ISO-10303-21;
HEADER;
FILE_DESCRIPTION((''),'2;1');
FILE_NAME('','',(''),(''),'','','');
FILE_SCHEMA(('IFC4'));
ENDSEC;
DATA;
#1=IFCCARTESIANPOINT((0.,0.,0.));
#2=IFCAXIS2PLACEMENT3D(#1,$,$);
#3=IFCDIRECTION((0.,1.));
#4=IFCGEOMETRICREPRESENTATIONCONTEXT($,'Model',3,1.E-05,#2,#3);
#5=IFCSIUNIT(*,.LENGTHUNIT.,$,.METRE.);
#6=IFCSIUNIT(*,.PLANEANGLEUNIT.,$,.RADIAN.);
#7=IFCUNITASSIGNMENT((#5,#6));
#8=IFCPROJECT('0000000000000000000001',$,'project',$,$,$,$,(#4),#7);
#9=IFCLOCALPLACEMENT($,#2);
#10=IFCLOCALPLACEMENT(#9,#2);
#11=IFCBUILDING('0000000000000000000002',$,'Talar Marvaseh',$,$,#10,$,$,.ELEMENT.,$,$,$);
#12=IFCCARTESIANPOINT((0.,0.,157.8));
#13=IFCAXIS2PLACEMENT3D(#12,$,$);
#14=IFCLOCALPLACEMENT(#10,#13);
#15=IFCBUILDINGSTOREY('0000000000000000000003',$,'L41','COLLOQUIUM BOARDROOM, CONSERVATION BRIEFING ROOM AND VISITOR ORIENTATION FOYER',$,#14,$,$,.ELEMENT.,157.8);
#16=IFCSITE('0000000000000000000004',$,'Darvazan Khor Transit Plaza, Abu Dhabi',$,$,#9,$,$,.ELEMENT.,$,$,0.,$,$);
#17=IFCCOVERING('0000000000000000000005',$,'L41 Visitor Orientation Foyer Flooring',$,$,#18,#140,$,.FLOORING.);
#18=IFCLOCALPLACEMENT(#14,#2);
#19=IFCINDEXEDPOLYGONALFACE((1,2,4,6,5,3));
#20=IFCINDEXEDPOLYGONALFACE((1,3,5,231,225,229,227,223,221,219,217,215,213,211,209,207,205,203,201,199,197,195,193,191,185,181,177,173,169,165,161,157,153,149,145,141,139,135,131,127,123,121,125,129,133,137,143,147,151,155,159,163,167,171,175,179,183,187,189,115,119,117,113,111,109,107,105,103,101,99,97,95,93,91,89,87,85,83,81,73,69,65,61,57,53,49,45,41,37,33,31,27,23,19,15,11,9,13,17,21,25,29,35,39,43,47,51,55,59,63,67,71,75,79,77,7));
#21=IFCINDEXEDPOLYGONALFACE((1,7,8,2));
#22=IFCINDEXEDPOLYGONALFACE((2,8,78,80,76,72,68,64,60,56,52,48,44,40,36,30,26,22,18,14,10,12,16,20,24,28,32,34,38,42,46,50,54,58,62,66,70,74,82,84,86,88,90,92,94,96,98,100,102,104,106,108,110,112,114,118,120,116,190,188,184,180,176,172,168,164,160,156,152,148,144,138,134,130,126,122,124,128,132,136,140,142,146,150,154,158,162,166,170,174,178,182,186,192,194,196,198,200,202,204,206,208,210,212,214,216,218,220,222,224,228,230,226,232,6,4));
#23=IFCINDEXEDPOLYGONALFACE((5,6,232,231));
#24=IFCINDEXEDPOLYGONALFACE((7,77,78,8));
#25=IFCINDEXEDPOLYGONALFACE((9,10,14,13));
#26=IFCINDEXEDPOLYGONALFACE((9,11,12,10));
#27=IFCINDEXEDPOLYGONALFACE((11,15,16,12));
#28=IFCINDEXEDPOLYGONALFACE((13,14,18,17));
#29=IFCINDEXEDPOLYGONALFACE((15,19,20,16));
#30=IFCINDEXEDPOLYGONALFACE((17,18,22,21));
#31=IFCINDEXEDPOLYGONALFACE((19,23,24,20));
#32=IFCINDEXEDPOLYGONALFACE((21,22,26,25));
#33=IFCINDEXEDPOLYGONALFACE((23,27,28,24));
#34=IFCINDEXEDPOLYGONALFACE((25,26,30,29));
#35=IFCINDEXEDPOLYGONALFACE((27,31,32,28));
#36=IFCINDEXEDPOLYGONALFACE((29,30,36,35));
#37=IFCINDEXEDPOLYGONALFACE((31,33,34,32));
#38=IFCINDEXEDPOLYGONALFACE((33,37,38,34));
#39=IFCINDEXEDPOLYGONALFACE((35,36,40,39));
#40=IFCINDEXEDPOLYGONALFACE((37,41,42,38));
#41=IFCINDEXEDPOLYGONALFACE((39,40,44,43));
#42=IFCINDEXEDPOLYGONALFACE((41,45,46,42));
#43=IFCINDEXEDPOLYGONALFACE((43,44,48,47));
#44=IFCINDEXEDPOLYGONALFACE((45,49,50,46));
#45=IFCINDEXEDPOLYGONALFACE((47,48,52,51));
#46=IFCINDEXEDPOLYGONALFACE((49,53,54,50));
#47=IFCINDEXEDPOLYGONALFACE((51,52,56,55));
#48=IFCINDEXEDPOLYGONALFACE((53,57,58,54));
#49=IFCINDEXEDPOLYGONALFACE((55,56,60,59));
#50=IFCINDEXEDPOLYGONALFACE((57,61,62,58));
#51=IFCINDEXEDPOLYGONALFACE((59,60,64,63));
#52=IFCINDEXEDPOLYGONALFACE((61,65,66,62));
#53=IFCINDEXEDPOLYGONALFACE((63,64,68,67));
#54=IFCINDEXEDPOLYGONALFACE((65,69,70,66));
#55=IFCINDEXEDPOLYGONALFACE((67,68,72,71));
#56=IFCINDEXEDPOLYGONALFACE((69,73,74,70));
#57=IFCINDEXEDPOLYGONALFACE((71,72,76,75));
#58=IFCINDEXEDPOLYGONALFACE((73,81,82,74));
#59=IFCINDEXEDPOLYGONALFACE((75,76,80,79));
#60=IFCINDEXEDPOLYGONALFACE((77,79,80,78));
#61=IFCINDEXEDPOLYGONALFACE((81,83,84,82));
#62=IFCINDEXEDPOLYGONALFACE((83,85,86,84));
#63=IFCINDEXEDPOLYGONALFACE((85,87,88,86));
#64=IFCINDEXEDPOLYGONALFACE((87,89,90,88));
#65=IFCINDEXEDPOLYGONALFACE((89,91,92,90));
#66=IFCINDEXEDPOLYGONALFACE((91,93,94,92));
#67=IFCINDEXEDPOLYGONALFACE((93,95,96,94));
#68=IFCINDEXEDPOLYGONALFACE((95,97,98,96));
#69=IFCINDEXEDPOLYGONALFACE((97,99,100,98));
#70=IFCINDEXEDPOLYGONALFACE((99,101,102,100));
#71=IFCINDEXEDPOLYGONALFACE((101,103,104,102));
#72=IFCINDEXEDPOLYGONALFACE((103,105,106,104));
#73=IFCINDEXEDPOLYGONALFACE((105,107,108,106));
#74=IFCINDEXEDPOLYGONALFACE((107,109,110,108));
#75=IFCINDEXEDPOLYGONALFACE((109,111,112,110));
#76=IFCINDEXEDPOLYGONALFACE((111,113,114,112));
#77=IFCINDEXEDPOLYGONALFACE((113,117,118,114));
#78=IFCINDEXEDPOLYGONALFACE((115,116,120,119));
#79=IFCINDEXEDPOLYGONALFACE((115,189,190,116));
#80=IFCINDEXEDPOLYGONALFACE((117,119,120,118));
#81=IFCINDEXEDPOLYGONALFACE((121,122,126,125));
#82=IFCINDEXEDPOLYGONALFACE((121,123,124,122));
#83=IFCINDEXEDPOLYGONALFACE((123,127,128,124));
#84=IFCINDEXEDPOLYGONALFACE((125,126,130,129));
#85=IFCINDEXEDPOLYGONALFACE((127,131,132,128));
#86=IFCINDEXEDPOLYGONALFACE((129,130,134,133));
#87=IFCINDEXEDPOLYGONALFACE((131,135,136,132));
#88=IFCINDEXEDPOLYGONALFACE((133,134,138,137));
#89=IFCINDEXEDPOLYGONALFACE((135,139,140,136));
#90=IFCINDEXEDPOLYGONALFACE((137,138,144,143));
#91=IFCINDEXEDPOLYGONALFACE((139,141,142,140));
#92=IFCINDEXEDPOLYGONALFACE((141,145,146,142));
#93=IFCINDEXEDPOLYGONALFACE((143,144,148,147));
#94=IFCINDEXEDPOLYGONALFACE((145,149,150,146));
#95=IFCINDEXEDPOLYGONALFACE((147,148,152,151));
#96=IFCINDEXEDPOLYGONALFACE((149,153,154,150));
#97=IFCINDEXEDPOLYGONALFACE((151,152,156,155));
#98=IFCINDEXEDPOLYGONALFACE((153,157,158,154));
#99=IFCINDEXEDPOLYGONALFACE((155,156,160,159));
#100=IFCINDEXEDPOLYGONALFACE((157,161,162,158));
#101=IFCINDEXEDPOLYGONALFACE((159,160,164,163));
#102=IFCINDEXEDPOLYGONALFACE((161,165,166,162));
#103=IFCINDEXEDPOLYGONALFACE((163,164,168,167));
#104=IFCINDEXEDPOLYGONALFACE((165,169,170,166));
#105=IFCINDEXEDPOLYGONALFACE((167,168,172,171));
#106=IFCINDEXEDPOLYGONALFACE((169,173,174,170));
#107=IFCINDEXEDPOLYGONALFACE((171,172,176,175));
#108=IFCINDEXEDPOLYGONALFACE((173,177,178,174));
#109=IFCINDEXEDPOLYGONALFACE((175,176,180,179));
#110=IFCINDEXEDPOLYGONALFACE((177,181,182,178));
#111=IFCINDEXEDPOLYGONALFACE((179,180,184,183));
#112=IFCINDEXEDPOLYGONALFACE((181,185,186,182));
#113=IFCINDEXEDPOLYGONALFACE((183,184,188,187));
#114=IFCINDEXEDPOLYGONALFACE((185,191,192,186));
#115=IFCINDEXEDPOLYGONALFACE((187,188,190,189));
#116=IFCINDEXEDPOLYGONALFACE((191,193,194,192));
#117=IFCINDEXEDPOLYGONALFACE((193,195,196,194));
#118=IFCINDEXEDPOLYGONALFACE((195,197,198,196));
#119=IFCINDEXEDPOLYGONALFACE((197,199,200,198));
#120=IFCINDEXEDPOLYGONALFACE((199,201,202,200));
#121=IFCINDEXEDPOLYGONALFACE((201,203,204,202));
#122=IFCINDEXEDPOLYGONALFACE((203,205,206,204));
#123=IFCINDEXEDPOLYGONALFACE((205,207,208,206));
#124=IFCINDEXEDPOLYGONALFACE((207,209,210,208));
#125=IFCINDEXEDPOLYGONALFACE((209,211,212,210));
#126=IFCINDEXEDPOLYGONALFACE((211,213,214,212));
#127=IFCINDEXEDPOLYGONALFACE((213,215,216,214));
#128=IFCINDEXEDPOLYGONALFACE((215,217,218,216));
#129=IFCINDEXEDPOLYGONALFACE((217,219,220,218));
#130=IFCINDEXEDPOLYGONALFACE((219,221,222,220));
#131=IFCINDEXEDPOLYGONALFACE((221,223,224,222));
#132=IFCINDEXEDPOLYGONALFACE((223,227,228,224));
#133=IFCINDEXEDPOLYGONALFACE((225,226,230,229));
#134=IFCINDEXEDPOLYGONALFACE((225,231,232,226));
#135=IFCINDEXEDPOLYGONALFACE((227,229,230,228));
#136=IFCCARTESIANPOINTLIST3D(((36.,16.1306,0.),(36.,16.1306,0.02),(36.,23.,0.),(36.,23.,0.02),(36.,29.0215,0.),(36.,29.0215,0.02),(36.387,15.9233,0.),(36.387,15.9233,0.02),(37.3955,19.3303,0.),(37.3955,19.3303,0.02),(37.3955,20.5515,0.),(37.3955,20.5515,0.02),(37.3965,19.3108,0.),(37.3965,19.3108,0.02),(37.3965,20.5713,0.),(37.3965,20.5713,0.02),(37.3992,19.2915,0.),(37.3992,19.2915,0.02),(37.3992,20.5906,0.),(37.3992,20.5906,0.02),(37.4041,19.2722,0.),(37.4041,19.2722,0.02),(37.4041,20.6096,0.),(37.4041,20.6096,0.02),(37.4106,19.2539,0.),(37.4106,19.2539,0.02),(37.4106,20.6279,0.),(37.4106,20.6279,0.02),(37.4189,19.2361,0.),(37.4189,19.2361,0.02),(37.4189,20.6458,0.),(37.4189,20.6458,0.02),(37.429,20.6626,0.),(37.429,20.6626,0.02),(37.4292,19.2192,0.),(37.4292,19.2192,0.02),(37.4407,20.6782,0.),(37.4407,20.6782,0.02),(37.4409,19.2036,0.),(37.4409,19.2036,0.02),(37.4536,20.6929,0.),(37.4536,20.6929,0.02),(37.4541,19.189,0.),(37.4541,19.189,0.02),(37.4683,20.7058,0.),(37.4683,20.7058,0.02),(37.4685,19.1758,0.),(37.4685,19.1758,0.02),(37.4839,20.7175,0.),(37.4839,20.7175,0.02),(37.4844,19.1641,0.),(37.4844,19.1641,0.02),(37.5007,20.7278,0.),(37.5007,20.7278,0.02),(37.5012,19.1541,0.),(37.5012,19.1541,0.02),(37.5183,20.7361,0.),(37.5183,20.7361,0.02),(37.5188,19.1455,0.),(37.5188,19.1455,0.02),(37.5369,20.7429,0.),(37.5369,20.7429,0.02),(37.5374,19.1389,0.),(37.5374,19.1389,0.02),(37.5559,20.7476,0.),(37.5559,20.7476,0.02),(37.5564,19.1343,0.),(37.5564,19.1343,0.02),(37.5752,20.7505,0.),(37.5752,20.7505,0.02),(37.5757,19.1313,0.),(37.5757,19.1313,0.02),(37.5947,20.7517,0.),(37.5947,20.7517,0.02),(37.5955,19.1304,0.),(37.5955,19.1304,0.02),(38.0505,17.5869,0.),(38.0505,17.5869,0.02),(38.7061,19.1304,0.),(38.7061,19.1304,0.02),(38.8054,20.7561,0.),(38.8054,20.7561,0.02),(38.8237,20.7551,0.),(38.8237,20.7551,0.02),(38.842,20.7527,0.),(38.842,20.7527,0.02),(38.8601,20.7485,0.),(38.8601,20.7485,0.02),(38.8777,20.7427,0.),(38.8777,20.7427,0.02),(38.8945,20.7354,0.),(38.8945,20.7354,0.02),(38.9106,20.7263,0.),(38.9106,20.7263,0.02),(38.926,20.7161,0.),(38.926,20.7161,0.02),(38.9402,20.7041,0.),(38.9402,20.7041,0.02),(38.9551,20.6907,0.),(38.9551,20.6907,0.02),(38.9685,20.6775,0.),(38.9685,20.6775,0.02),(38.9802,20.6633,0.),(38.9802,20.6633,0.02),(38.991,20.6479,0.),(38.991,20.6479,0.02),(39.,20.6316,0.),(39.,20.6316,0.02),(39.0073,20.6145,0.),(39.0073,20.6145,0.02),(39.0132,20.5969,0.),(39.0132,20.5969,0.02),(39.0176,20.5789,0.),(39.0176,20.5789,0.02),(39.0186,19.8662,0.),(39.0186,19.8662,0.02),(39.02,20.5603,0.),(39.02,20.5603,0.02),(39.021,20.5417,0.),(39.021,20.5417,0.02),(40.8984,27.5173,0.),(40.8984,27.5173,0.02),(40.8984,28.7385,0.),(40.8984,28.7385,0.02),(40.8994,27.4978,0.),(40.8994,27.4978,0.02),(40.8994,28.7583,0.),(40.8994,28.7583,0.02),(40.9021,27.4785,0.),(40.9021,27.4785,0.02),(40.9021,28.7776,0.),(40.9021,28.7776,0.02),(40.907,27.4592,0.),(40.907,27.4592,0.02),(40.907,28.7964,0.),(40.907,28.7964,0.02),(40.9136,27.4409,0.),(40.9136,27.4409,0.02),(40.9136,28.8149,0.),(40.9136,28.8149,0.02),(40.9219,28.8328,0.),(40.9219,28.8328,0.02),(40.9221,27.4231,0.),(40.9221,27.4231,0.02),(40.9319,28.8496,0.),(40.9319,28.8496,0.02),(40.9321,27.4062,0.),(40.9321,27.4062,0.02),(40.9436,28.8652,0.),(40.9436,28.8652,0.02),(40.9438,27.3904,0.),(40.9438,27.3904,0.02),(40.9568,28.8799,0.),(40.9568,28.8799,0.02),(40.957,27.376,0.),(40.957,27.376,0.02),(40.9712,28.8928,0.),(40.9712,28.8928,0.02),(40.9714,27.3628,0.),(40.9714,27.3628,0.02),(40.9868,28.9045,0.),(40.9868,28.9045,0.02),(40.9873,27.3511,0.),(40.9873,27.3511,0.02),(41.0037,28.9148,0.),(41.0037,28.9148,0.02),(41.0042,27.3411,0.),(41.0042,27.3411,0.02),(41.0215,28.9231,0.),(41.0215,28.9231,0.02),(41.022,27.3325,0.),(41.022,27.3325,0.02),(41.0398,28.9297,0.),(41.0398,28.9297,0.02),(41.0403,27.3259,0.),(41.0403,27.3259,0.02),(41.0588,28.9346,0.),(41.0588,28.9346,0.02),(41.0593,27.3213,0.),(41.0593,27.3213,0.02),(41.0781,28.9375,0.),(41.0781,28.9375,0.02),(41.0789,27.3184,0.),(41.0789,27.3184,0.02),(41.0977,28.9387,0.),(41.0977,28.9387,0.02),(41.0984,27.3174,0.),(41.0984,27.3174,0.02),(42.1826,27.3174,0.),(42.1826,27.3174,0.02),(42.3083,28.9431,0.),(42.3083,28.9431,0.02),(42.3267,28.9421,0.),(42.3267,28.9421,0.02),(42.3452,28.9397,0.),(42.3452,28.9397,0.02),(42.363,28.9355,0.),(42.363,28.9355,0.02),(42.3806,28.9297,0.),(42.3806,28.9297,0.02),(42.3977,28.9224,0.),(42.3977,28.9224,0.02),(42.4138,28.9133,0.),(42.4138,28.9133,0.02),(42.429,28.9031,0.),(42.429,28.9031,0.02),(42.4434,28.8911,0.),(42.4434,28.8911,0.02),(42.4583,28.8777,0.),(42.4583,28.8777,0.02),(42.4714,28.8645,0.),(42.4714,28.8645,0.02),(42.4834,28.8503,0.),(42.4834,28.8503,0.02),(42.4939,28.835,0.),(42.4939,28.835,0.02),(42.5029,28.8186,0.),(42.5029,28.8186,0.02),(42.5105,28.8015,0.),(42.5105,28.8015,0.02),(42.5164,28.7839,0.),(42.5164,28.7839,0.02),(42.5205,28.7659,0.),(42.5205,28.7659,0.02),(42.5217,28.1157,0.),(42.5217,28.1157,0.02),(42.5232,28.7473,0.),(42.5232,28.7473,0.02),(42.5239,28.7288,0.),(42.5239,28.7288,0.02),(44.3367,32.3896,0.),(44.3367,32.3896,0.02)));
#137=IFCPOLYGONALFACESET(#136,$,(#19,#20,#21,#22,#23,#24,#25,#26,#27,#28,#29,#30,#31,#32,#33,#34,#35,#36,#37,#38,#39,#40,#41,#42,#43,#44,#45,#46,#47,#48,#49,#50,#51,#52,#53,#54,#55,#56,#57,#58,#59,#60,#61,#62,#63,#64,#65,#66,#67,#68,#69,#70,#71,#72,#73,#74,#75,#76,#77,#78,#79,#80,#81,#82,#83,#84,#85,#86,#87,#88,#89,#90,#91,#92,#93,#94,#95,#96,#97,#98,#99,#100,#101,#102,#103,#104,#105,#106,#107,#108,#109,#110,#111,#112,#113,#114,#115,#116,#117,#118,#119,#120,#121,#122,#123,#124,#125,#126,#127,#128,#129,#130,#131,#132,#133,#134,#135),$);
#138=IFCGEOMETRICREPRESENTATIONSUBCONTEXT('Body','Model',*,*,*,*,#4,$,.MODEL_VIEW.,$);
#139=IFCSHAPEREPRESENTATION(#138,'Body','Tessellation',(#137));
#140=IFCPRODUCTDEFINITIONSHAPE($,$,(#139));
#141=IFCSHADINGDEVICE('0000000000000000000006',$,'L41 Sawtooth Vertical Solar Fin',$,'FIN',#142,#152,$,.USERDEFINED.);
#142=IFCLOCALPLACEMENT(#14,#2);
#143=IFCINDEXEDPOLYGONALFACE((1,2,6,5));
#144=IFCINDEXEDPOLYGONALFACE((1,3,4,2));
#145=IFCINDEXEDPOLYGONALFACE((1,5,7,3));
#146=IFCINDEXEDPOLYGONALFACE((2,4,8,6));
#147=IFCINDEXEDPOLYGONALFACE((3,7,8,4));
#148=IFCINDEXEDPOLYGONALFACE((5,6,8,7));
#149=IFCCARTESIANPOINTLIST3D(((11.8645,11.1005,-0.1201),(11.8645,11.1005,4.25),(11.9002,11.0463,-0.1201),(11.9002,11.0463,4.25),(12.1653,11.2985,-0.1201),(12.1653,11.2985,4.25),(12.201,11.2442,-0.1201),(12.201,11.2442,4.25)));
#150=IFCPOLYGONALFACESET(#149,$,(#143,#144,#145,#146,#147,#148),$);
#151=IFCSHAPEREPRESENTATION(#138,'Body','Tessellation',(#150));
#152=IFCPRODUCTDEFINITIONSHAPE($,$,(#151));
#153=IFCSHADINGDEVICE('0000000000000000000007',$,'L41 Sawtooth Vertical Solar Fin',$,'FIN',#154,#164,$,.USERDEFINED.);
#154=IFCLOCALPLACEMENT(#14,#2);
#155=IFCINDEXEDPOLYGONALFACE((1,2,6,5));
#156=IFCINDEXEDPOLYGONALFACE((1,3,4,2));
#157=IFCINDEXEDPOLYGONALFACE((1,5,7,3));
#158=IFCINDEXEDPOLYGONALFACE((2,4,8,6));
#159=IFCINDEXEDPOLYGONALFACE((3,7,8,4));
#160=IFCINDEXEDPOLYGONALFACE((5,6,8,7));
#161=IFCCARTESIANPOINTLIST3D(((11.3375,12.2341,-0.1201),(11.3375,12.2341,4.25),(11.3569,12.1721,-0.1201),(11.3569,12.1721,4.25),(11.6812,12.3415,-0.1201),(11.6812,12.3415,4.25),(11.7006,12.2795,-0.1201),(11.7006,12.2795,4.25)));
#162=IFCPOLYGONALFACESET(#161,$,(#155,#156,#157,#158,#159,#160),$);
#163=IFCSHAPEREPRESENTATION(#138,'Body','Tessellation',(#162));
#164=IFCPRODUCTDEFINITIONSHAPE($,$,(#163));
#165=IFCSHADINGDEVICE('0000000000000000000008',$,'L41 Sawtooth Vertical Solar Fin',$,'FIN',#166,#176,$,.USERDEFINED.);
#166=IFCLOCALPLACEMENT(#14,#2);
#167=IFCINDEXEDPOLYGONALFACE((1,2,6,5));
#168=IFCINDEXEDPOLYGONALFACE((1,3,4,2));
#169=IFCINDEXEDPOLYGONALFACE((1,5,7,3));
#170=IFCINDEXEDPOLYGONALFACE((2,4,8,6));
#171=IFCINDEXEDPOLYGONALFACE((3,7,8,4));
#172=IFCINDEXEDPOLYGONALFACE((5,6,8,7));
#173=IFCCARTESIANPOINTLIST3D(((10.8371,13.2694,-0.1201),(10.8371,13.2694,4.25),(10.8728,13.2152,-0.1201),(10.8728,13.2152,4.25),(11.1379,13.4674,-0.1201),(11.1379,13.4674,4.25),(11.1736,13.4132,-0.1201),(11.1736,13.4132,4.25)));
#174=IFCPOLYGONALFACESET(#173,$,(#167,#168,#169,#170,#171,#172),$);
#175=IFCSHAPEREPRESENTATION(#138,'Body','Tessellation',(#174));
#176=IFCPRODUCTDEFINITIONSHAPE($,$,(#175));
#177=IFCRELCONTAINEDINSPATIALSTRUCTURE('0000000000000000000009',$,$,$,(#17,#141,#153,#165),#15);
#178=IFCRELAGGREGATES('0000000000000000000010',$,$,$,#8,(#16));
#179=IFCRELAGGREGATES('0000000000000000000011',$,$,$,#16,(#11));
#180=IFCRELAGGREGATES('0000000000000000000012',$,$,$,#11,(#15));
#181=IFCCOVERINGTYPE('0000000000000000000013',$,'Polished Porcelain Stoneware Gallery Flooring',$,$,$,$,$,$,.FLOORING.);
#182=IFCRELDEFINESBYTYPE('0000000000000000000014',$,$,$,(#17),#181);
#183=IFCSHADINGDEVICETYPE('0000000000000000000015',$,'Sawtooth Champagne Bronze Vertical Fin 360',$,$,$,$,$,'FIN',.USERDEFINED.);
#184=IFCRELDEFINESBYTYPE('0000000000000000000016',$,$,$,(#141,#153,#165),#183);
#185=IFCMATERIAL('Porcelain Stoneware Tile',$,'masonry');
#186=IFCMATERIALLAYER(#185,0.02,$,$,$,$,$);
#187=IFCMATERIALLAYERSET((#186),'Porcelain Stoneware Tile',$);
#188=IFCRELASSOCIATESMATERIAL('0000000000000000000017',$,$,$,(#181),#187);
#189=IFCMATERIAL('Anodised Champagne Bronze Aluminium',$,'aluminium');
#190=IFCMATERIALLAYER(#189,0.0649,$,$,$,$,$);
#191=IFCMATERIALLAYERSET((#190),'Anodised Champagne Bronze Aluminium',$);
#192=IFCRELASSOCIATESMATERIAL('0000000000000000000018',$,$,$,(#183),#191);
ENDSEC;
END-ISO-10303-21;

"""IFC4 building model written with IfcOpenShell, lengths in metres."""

from ifc_helpers import new_model, si_unit, direction, frame, origin, origin_2d, place, context, subcontext, project, spatial, polyline, rectangle, outline, extrude, source, transform, mapped, material, layer, layer_set, type_object, type_shapes, element, save


model = new_model("IFC4")

# Units and contexts
model_context = context("Model", 3, precision=1e-05, world=origin(), true_north=direction((0.0, 1.0)))
body_context = subcontext(model_context, "Body", "Model", "MODEL_VIEW")
ifc_project = project(units=[si_unit("LENGTHUNIT", "METRE"), si_unit("PLANEANGLEUNIT", "RADIAN")], contexts=[model_context])

# Site, building, storey
site_placement = place(None, origin())
site = spatial("IfcSite", under=ifc_project, at=site_placement, Name="Darvazan Khor Transit Plaza, Abu Dhabi", CompositionType="ELEMENT", RefElevation=0.0)
building_placement = place(site_placement, origin())
building = spatial("IfcBuilding", under=site, at=building_placement, Name="Talar Marvaseh", CompositionType="ELEMENT")
storey_placement = place(building_placement, frame((0.0, 0.0, 157.8)))
storey = spatial("IfcBuildingStorey", under=building, at=storey_placement, Name="L41", Description="COLLOQUIUM BOARDROOM, CONSERVATION BRIEFING ROOM AND VISITOR ORIENTATION FOYER", CompositionType="ELEMENT", Elevation=157.8)

# Covering
ifc_material_1 = material(Name="Porcelain Stoneware Tile", Category="masonry")
ifc_layer_1 = layer(ifc_material_1, 0.02)
ifc_layer_set_1 = layer_set([ifc_layer_1], Name="Porcelain Stoneware Tile")
covering_type_1 = type_object("IfcCoveringType", Name="Polished Porcelain Stoneware Gallery Flooring", PredefinedType="FLOORING", material=ifc_layer_set_1)
covering_1_placement = place(storey_placement, origin())
element("IfcCovering", 1, at=covering_1_placement, inside=storey, type_object=covering_type_1, Name="L41 Visitor Orientation Foyer Flooring", PredefinedType="FLOORING", context=body_context, shape_type="SweptSolid", body=[
    extrude(outline(polyline([(36.0, 23.0), (36.0, 29.0215), (44.3367, 32.3896), (42.5217, 28.1157), (42.5239, 28.7288), (42.5232, 28.7473), (42.5205, 28.7659), (42.5164, 28.7839), (42.5105, 28.8015), (42.5029, 28.8186), (42.4939, 28.835), (42.4834, 28.8503), (42.4714, 28.8645), (42.4583, 28.8777), (42.4434, 28.8911), (42.429, 28.9031), (42.4138, 28.9133), (42.3977, 28.9224), (42.3806, 28.9297), (42.363, 28.9355), (42.3452, 28.9397), (42.3267, 28.9421), (42.3083, 28.9431), (41.0977, 28.9387), (41.0781, 28.9375), (41.0588, 28.9346), (41.0398, 28.9297), (41.0215, 28.9231), (41.0037, 28.9148), (40.9868, 28.9045), (40.9712, 28.8928), (40.9568, 28.8799), (40.9436, 28.8652), (40.9319, 28.8496), (40.9219, 28.8328), (40.9136, 28.8149), (40.907, 28.7964), (40.9021, 28.7776), (40.8994, 28.7583), (40.8984, 28.7385), (40.8984, 27.5173), (40.8994, 27.4978), (40.9021, 27.4785), (40.907, 27.4592), (40.9136, 27.4409), (40.9221, 27.4231), (40.9321, 27.4062), (40.9438, 27.3904), (40.957, 27.376), (40.9714, 27.3628), (40.9873, 27.3511), (41.0042, 27.3411), (41.022, 27.3325), (41.0403, 27.3259), (41.0593, 27.3213), (41.0789, 27.3184), (41.0984, 27.3174), (42.1826, 27.3174), (39.0186, 19.8662), (39.021, 20.5417), (39.02, 20.5603), (39.0176, 20.5789), (39.0132, 20.5969), (39.0073, 20.6145), (39.0, 20.6316), (38.991, 20.6479), (38.9802, 20.6633), (38.9685, 20.6775), (38.9551, 20.6907), (38.9402, 20.7041), (38.926, 20.7161), (38.9106, 20.7263), (38.8945, 20.7354), (38.8777, 20.7427), (38.8601, 20.7485), (38.842, 20.7527), (38.8237, 20.7551), (38.8054, 20.7561), (37.5947, 20.7517), (37.5752, 20.7505), (37.5559, 20.7476), (37.5369, 20.7429), (37.5183, 20.7361), (37.5007, 20.7278), (37.4839, 20.7175), (37.4683, 20.7058), (37.4536, 20.6929), (37.4407, 20.6782), (37.429, 20.6626), (37.4189, 20.6458), (37.4106, 20.6279), (37.4041, 20.6096), (37.3992, 20.5906), (37.3965, 20.5713), (37.3955, 20.5515), (37.3955, 19.3303), (37.3965, 19.3108), (37.3992, 19.2915), (37.4041, 19.2722), (37.4106, 19.2539), (37.4189, 19.2361), (37.4292, 19.2192), (37.4409, 19.2036), (37.4541, 19.189), (37.4685, 19.1758), (37.4844, 19.1641), (37.5012, 19.1541), (37.5188, 19.1455), (37.5374, 19.1389), (37.5564, 19.1343), (37.5757, 19.1313), (37.5955, 19.1304), (38.7061, 19.1304), (38.0505, 17.5869), (36.387, 15.9233), (36.0, 16.1306), (36.0, 23.0)])), origin(), (0.0, 0.0, 1.0), 0.02),
])

# Shading devices
ifc_material_2 = material(Name="Anodised Champagne Bronze Aluminium", Category="aluminium")
ifc_layer_2 = layer(ifc_material_2, 0.0649)
ifc_layer_set_2 = layer_set([ifc_layer_2], Name="Anodised Champagne Bronze Aluminium")
shading_device_type_1 = type_object("IfcShadingDeviceType", Name="Sawtooth Champagne Bronze Vertical Fin 360", ElementType="FIN", PredefinedType="USERDEFINED", material=ifc_layer_set_2)
shared_shape_1 = source(origin(), body_context, "Body", "SweptSolid", [
    extrude(rectangle(XDim=0.3601, YDim=0.0649, at=origin_2d()), origin(), (0.0, 0.0, 1.0), 4.3701),
])
type_shapes(shading_device_type_1, [shared_shape_1])
for number, where, z_axis, x_axis, name in (
    (2, (12.0327, 11.1724, -0.1201), (0.0, 0.0, 1.0), (-0.835328, -0.549752, 0.0), "L41 Sawtooth Vertical Solar Fin"),
    (3, (11.519, 12.2568, -0.1201), (0.0, 0.0, 1.0), (-0.954501, -0.298208, 0.0), "L41 Sawtooth Vertical Solar Fin"),
    (4, (11.0054, 13.3413, -0.1201), (0.0, 0.0, 1.0), (-0.835328, -0.549752, 0.0), "L41 Sawtooth Vertical Solar Fin"),
):
    element("IfcShadingDevice", number, at=place(storey_placement, frame(where, z_axis=z_axis, x_axis=x_axis)), inside=storey, type_object=shading_device_type_1, Name=name, ObjectType="FIN", PredefinedType="USERDEFINED", context=body_context, shape_type="MappedRepresentation", body=[
        mapped(shared_shape_1, transform((0.0, 0.0, 0.0), x_axis=(1.0, 0.0, 0.0), y_axis=(0.0, 1.0, 0.0), z_axis=(0.0, 0.0, 1.0), scale=1.0)),
    ])

save(model, "model.ifc")
